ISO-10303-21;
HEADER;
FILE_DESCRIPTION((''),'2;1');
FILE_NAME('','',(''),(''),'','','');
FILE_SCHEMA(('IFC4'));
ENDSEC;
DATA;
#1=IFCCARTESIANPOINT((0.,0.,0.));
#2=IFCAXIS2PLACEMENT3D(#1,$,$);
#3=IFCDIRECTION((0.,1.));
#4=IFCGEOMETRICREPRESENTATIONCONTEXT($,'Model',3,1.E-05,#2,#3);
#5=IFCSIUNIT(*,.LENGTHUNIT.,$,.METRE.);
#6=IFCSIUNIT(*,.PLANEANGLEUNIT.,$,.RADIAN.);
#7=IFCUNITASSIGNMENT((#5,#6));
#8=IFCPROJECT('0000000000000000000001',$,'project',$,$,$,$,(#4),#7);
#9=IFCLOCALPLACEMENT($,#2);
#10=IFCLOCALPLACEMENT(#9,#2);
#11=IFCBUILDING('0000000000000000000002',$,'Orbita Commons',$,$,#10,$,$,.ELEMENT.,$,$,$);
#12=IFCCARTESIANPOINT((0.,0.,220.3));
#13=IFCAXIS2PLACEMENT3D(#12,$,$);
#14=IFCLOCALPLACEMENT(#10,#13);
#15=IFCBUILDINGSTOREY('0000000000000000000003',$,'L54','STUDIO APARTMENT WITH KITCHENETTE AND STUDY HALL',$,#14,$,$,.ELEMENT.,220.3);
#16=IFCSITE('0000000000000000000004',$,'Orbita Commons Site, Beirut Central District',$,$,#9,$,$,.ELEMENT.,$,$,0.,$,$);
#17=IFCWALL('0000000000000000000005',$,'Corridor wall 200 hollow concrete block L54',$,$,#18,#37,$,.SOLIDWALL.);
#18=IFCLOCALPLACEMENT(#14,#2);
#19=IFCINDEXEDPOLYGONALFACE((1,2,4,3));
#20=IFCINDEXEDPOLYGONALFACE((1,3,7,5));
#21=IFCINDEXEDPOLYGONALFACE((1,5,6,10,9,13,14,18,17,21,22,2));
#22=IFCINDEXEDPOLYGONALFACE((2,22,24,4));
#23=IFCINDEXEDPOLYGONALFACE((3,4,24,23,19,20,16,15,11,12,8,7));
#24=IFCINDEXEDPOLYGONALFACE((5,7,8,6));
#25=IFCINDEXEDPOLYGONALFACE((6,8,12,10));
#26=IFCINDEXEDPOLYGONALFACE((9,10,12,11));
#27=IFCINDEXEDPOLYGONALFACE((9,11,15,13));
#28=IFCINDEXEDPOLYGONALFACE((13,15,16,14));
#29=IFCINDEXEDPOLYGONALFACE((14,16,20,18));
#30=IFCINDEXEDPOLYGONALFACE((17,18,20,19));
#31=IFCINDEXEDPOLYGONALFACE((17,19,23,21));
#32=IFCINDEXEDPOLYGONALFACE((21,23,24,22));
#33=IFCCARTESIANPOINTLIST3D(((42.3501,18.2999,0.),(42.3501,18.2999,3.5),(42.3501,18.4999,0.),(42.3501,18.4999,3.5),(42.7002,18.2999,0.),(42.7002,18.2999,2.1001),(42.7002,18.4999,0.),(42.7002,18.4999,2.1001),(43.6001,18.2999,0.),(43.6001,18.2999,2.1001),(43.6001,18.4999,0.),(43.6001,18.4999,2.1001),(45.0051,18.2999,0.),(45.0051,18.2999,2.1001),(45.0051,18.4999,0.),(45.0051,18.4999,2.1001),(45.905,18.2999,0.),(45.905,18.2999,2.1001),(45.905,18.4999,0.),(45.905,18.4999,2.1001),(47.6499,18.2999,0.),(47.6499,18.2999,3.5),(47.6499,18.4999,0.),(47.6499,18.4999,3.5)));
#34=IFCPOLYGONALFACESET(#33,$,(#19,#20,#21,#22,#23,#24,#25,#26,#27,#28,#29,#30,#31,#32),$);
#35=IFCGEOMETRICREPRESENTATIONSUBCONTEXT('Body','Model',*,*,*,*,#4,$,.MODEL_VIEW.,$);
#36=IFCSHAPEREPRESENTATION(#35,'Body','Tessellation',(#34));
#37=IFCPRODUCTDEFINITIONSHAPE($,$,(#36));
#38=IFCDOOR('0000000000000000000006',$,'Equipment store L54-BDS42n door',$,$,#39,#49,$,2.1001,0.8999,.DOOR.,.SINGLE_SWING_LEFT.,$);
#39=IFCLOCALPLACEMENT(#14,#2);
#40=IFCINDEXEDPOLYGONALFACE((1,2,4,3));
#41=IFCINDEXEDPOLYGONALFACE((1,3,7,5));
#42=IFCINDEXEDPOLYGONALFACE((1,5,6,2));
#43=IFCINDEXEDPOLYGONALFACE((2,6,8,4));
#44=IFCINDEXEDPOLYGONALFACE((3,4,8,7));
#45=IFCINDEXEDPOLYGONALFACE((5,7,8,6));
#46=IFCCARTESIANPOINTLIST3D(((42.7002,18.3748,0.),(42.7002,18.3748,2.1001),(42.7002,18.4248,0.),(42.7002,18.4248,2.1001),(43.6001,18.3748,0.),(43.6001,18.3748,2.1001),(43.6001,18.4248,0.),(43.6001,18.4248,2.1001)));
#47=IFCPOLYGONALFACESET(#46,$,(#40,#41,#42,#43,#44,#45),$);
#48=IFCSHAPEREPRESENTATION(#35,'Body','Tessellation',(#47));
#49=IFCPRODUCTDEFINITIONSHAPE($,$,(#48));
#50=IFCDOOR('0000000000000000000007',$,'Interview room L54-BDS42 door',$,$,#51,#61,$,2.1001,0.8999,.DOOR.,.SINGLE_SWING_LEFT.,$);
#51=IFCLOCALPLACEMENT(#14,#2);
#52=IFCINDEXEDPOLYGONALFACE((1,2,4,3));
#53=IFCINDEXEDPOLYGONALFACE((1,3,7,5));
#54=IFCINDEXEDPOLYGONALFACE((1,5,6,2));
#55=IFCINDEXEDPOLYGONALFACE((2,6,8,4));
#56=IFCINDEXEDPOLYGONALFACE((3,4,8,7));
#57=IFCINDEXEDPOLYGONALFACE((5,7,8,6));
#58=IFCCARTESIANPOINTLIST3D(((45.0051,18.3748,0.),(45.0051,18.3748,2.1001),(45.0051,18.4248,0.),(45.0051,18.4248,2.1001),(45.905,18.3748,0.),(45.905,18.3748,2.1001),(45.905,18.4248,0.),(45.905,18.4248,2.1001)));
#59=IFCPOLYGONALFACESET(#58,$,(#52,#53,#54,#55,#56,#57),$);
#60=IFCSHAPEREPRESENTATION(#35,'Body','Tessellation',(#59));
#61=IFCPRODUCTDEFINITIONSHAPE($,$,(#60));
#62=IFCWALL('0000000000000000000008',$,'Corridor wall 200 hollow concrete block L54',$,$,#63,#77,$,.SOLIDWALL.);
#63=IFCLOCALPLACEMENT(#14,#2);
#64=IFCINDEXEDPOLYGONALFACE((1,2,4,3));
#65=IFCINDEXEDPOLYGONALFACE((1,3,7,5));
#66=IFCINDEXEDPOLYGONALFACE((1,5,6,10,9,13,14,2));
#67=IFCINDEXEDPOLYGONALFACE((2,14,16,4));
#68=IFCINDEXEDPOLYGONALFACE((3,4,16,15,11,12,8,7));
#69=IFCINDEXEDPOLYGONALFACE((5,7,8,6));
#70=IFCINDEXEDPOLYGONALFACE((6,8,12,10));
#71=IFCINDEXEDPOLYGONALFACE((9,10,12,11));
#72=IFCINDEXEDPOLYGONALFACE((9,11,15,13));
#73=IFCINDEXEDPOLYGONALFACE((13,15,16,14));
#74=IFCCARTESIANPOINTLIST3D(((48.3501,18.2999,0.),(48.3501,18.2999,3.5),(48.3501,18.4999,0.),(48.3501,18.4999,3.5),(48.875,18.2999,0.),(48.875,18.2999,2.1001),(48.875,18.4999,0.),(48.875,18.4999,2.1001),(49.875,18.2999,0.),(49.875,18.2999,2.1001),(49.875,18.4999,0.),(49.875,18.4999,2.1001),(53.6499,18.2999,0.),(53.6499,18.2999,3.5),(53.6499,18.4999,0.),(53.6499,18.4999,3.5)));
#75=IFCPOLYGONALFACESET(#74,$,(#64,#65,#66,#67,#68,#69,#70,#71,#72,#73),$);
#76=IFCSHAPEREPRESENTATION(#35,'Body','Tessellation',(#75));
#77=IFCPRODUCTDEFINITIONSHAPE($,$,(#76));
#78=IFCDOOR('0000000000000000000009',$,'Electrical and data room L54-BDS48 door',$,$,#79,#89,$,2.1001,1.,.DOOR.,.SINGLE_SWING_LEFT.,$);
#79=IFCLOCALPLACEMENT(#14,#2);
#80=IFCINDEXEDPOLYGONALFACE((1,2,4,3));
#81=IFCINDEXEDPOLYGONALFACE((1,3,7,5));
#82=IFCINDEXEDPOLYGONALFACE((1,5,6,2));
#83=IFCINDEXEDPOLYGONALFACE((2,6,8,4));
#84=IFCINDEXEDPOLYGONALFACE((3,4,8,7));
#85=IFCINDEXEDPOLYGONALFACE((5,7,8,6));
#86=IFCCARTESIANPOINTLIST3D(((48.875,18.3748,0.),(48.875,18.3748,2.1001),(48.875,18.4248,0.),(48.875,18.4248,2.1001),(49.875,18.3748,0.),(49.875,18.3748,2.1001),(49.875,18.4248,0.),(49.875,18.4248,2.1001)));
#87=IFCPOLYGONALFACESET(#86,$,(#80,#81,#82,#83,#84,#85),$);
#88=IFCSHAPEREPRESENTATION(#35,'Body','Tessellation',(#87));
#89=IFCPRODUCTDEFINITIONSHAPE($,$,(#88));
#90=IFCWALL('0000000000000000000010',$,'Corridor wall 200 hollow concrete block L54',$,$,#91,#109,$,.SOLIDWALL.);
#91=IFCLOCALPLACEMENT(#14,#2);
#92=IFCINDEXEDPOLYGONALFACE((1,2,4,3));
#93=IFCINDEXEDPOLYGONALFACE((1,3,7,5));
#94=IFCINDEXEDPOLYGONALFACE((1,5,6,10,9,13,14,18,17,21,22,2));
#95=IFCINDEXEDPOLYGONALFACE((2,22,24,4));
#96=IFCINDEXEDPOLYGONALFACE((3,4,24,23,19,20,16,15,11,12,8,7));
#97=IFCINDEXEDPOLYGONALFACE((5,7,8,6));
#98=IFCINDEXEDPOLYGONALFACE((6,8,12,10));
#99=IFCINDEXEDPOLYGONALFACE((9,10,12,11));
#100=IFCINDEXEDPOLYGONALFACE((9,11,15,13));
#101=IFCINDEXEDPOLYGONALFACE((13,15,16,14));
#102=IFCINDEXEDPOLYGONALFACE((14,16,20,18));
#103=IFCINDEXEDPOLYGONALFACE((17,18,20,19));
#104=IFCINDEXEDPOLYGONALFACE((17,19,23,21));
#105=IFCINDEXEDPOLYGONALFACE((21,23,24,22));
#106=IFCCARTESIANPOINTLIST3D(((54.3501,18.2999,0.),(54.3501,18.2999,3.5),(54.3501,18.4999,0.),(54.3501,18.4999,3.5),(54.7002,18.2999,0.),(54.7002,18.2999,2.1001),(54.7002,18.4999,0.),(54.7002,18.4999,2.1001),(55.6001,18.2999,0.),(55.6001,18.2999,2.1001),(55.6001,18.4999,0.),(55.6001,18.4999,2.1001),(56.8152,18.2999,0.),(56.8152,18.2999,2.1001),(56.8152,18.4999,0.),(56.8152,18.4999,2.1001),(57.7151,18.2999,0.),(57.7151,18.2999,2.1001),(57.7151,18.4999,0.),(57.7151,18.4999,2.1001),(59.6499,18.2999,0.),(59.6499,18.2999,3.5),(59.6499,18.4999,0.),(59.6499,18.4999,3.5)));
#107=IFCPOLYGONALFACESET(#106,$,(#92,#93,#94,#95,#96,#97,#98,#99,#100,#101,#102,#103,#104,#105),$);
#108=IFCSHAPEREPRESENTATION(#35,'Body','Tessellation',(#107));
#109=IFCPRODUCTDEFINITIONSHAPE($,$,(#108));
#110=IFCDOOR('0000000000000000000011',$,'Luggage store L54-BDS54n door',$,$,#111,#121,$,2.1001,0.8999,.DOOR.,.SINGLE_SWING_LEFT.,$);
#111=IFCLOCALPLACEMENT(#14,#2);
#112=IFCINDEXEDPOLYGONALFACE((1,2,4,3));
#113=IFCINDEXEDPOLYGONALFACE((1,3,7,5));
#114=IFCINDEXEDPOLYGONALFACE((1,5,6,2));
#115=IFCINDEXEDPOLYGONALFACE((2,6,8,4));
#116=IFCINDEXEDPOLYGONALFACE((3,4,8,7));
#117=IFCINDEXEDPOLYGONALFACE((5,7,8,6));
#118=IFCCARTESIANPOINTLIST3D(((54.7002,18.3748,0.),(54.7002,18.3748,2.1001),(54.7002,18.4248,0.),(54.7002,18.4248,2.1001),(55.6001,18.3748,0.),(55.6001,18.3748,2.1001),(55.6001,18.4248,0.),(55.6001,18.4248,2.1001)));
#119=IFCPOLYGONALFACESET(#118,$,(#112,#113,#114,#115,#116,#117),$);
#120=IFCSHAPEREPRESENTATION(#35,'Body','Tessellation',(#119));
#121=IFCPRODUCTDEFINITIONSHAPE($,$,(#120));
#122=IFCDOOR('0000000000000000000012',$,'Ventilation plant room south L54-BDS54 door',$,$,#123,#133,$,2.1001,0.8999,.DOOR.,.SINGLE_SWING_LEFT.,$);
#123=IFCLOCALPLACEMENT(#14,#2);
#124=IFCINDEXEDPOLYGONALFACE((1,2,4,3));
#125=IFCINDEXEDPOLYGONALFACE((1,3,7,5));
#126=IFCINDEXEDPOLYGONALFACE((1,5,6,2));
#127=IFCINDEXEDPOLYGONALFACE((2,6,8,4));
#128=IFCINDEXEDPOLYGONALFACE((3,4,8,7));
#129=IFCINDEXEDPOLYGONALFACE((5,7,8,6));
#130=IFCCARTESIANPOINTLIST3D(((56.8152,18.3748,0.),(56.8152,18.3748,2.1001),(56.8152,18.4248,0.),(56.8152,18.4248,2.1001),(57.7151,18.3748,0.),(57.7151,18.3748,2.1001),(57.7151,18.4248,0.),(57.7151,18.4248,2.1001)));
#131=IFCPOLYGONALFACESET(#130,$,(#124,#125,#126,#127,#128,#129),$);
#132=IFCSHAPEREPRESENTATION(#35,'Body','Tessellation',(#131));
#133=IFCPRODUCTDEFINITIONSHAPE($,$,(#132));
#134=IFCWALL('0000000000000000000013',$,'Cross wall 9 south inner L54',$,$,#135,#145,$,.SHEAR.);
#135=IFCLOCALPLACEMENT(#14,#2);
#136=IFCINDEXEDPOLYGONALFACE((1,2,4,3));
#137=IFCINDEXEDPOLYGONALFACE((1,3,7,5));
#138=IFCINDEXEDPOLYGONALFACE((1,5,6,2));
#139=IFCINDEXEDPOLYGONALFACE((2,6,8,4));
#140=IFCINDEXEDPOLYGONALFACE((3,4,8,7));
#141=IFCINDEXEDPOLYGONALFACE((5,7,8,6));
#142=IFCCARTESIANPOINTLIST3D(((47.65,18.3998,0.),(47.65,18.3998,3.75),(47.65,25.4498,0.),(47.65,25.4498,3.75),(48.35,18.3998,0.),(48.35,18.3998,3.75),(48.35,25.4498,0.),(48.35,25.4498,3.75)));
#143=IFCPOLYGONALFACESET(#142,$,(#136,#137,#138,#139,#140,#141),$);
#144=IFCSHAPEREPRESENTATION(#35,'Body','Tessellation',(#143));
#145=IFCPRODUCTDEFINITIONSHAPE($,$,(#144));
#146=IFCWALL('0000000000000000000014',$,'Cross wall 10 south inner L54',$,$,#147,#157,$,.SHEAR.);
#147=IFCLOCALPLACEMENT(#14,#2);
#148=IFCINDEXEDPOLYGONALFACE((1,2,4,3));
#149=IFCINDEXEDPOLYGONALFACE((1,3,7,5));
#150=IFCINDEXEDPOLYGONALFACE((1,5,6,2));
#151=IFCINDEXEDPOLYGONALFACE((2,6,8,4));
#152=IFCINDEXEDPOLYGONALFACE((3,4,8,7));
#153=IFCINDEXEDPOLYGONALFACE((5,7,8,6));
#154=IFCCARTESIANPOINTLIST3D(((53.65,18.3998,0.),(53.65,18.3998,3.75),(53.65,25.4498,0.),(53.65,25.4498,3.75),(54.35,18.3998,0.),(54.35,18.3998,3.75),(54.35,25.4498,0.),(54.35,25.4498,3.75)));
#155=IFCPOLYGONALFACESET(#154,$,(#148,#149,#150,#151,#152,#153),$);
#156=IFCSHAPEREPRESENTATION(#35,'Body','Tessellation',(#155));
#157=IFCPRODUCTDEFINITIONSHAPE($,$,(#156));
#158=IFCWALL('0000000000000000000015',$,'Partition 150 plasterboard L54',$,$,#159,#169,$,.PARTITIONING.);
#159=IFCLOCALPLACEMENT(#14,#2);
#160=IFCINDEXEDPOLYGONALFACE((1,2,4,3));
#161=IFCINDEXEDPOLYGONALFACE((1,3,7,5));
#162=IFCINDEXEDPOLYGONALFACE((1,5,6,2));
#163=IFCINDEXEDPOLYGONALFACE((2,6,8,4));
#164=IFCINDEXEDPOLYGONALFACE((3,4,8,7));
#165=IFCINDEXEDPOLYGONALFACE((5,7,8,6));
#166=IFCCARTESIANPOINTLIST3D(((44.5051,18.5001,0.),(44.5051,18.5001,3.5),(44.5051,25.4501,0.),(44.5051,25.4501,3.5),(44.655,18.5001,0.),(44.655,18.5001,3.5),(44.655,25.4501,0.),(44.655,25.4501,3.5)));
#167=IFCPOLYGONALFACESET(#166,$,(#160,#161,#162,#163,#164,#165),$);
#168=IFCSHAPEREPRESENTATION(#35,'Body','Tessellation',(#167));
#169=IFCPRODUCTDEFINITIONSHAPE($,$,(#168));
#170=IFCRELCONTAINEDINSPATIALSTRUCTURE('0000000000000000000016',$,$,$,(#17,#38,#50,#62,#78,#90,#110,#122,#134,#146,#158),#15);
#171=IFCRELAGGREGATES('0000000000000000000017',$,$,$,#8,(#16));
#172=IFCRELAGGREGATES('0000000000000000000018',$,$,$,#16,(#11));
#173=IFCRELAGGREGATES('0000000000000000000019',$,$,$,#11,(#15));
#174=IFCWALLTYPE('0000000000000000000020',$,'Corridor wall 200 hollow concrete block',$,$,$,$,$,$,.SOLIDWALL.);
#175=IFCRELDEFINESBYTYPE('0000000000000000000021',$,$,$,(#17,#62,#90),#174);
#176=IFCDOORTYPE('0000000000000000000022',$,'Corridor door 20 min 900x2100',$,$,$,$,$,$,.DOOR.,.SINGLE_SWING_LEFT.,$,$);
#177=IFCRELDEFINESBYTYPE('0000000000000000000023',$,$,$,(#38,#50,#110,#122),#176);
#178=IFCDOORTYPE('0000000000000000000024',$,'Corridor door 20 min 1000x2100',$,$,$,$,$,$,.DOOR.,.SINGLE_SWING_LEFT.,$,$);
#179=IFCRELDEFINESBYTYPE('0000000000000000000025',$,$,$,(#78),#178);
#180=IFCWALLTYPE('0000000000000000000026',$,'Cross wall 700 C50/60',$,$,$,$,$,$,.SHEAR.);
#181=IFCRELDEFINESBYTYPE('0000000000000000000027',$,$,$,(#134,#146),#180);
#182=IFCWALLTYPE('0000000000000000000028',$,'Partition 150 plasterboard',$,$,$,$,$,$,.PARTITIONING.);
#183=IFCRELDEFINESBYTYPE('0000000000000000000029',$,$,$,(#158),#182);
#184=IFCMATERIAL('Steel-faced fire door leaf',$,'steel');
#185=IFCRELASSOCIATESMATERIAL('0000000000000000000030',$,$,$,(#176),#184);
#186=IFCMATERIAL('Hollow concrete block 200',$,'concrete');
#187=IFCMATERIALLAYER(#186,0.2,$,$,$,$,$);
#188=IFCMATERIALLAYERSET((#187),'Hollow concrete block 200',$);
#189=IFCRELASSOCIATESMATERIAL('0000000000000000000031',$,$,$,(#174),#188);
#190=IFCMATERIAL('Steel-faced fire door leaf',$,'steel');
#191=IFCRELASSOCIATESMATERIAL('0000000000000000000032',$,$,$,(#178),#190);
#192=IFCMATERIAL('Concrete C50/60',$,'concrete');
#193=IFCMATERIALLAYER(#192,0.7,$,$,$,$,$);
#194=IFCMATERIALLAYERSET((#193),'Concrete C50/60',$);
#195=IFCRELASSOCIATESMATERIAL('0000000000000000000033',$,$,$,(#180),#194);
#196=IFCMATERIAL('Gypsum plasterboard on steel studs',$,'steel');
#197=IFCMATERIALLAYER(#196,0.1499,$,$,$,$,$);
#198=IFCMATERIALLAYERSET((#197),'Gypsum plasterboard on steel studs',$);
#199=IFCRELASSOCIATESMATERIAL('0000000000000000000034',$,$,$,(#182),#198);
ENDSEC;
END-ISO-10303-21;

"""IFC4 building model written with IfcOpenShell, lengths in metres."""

from ifc_helpers import new_model, si_unit, direction, frame, frame_2d, origin, place, context, subcontext, project, spatial, rectangle, extrude, material, layer, layer_set, type_object, element, fill, save


model = new_model("IFC4")

# Units and contexts
model_context = context("Model", 3, precision=1e-05, world=origin(), true_north=direction((0.0, 1.0)))
body_context = subcontext(model_context, "Body", "Model", "MODEL_VIEW")
ifc_project = project(units=[si_unit("LENGTHUNIT", "METRE"), si_unit("PLANEANGLEUNIT", "RADIAN")], contexts=[model_context])

# Site, building, storey
site_placement = place(None, origin())
site = spatial("IfcSite", under=ifc_project, at=site_placement, Name="Orbita Commons Site, Beirut Central District", CompositionType="ELEMENT", RefElevation=0.0)
building_placement = place(site_placement, origin())
building = spatial("IfcBuilding", under=site, at=building_placement, Name="Orbita Commons", CompositionType="ELEMENT")
storey_placement = place(building_placement, frame((0.0, 0.0, 220.3)))
storey = spatial("IfcBuildingStorey", under=building, at=storey_placement, Name="L54", Description="STUDIO APARTMENT WITH KITCHENETTE AND STUDY HALL", CompositionType="ELEMENT", Elevation=220.3)

# Shared definitions
ifc_material_1 = material(Name="Steel-faced fire door leaf", Category="steel")
door_type_1 = type_object("IfcDoorType", Name="Corridor door 20 min 900x2100", OperationType="SINGLE_SWING_LEFT", PredefinedType="DOOR", material=ifc_material_1)

# Wall, openings, doors
ifc_material_2 = material(Name="Hollow concrete block 200", Category="concrete")
ifc_layer_1 = layer(ifc_material_2, 0.2)
ifc_layer_set_1 = layer_set([ifc_layer_1], Name="Hollow concrete block 200")
wall_type_1 = type_object("IfcWallType", Name="Corridor wall 200 hollow concrete block", PredefinedType="SOLIDWALL", material=ifc_layer_set_1)
wall_1_placement = place(storey_placement, frame((42.3501, 18.3999, 0.0), z_axis=(0.0, 0.0, 1.0), x_axis=(1.0, 0.0, 0.0)))
wall_1 = element("IfcWall", 1, at=wall_1_placement, inside=storey, type_object=wall_type_1, Name="Corridor wall 200 hollow concrete block L54", PredefinedType="SOLIDWALL", context=body_context, shape_type="SweptSolid", body=[
    extrude(rectangle(XDim=5.2998, YDim=0.2, at=frame_2d((2.6499, 0.0))), origin(), (0.0, 0.0, 1.0), 3.5),
])
opening_1_placement = place(wall_1_placement, frame((0.3501, 0.0, 0.0)))
opening_1 = element("IfcOpeningElement", 2, at=opening_1_placement, cuts=wall_1, PredefinedType="OPENING", context=body_context, shape_type="SweptSolid", body=[
    extrude(rectangle(XDim=0.8999, YDim=2.1001, at=frame_2d((0.45, 1.05))), frame((0.0, 0.1099, 0.0), z_axis=(0.0, -1.0, 0.0), x_axis=(1.0, 0.0, 0.0)), (0.0, 0.0, 1.0), 0.22),
])
opening_2_placement = place(wall_1_placement, frame((2.655, 0.0, 0.0)))
opening_2 = element("IfcOpeningElement", 3, at=opening_2_placement, cuts=wall_1, PredefinedType="OPENING", context=body_context, shape_type="SweptSolid", body=[
    extrude(rectangle(XDim=0.8999, YDim=2.1001, at=frame_2d((0.45, 1.05))), frame((0.0, 0.1099, 0.0), z_axis=(0.0, -1.0, 0.0), x_axis=(1.0, 0.0, 0.0)), (0.0, 0.0, 1.0), 0.22),
])
door_1_placement = place(opening_1_placement, origin())
door_1 = element("IfcDoor", 4, at=door_1_placement, inside=storey, type_object=door_type_1, Name="Equipment store L54-BDS42n door", OperationType="SINGLE_SWING_LEFT", OverallHeight=2.1001, OverallWidth=0.8999, PredefinedType="DOOR", context=body_context, shape_type="SweptSolid", body=[
    extrude(rectangle(XDim=0.8999, YDim=2.1001, at=frame_2d((0.45, 1.05))), frame((0.0, 0.0249, 0.0), z_axis=(0.0, -1.0, 0.0), x_axis=(1.0, 0.0, 0.0)), (0.0, 0.0, 1.0), 0.05),
])
fill(opening_1, door_1)
door_2_placement = place(opening_2_placement, origin())
door_2 = element("IfcDoor", 5, at=door_2_placement, inside=storey, type_object=door_type_1, Name="Interview room L54-BDS42 door", OperationType="SINGLE_SWING_LEFT", OverallHeight=2.1001, OverallWidth=0.8999, PredefinedType="DOOR", context=body_context, shape_type="SweptSolid", body=[
    extrude(rectangle(XDim=0.8999, YDim=2.1001, at=frame_2d((0.45, 1.05))), frame((0.0, 0.0249, 0.0), z_axis=(0.0, -1.0, 0.0), x_axis=(1.0, 0.0, 0.0)), (0.0, 0.0, 1.0), 0.05),
])
fill(opening_2, door_2)

# Wall, opening, door
wall_2_placement = place(storey_placement, frame((48.3501, 18.3999, 0.0), z_axis=(0.0, 0.0, 1.0), x_axis=(1.0, 0.0, 0.0)))
wall_2 = element("IfcWall", 6, at=wall_2_placement, inside=storey, type_object=wall_type_1, Name="Corridor wall 200 hollow concrete block L54", PredefinedType="SOLIDWALL", context=body_context, shape_type="SweptSolid", body=[
    extrude(rectangle(XDim=5.2998, YDim=0.2, at=frame_2d((2.6499, 0.0))), origin(), (0.0, 0.0, 1.0), 3.5),
])
opening_3_placement = place(wall_2_placement, frame((0.5249, 0.0, 0.0)))
opening_3 = element("IfcOpeningElement", 7, at=opening_3_placement, cuts=wall_2, PredefinedType="OPENING", context=body_context, shape_type="SweptSolid", body=[
    extrude(rectangle(XDim=1.0, YDim=2.1001, at=frame_2d((0.5, 1.05))), frame((0.0, 0.1099, 0.0), z_axis=(0.0, -1.0, 0.0), x_axis=(1.0, 0.0, 0.0)), (0.0, 0.0, 1.0), 0.22),
])
ifc_material_3 = material(Name="Steel-faced fire door leaf", Category="steel")
door_type_2 = type_object("IfcDoorType", Name="Corridor door 20 min 1000x2100", OperationType="SINGLE_SWING_LEFT", PredefinedType="DOOR", material=ifc_material_3)
door_3_placement = place(opening_3_placement, origin())
door_3 = element("IfcDoor", 8, at=door_3_placement, inside=storey, type_object=door_type_2, Name="Electrical and data room L54-BDS48 door", OperationType="SINGLE_SWING_LEFT", OverallHeight=2.1001, OverallWidth=1.0, PredefinedType="DOOR", context=body_context, shape_type="SweptSolid", body=[
    extrude(rectangle(XDim=1.0, YDim=2.1001, at=frame_2d((0.5, 1.05))), frame((0.0, 0.0249, 0.0), z_axis=(0.0, -1.0, 0.0), x_axis=(1.0, 0.0, 0.0)), (0.0, 0.0, 1.0), 0.05),
])
fill(opening_3, door_3)

# Wall, openings, doors
wall_3_placement = place(storey_placement, frame((54.3501, 18.3999, 0.0), z_axis=(0.0, 0.0, 1.0), x_axis=(1.0, 0.0, 0.0)))
wall_3 = element("IfcWall", 9, at=wall_3_placement, inside=storey, type_object=wall_type_1, Name="Corridor wall 200 hollow concrete block L54", PredefinedType="SOLIDWALL", context=body_context, shape_type="SweptSolid", body=[
    extrude(rectangle(XDim=5.2998, YDim=0.2, at=frame_2d((2.6499, 0.0))), origin(), (0.0, 0.0, 1.0), 3.5),
])
opening_4_placement = place(wall_3_placement, frame((0.3501, 0.0, 0.0)))
opening_4 = element("IfcOpeningElement", 10, at=opening_4_placement, cuts=wall_3, PredefinedType="OPENING", context=body_context, shape_type="SweptSolid", body=[
    extrude(rectangle(XDim=0.8999, YDim=2.1001, at=frame_2d((0.45, 1.05))), frame((0.0, 0.1099, 0.0), z_axis=(0.0, -1.0, 0.0), x_axis=(1.0, 0.0, 0.0)), (0.0, 0.0, 1.0), 0.22),
])
opening_5_placement = place(wall_3_placement, frame((2.4651, 0.0, 0.0)))
opening_5 = element("IfcOpeningElement", 11, at=opening_5_placement, cuts=wall_3, PredefinedType="OPENING", context=body_context, shape_type="SweptSolid", body=[
    extrude(rectangle(XDim=0.8999, YDim=2.1001, at=frame_2d((0.45, 1.05))), frame((0.0, 0.1099, 0.0), z_axis=(0.0, -1.0, 0.0), x_axis=(1.0, 0.0, 0.0)), (0.0, 0.0, 1.0), 0.22),
])
door_4_placement = place(opening_4_placement, origin())
door_4 = element("IfcDoor", 12, at=door_4_placement, inside=storey, type_object=door_type_1, Name="Luggage store L54-BDS54n door", OperationType="SINGLE_SWING_LEFT", OverallHeight=2.1001, OverallWidth=0.8999, PredefinedType="DOOR", context=body_context, shape_type="SweptSolid", body=[
    extrude(rectangle(XDim=0.8999, YDim=2.1001, at=frame_2d((0.45, 1.05))), frame((0.0, 0.0249, 0.0), z_axis=(0.0, -1.0, 0.0), x_axis=(1.0, 0.0, 0.0)), (0.0, 0.0, 1.0), 0.05),
])
fill(opening_4, door_4)
door_5_placement = place(opening_5_placement, origin())
door_5 = element("IfcDoor", 13, at=door_5_placement, inside=storey, type_object=door_type_1, Name="Ventilation plant room south L54-BDS54 door", OperationType="SINGLE_SWING_LEFT", OverallHeight=2.1001, OverallWidth=0.8999, PredefinedType="DOOR", context=body_context, shape_type="SweptSolid", body=[
    extrude(rectangle(XDim=0.8999, YDim=2.1001, at=frame_2d((0.45, 1.05))), frame((0.0, 0.0249, 0.0), z_axis=(0.0, -1.0, 0.0), x_axis=(1.0, 0.0, 0.0)), (0.0, 0.0, 1.0), 0.05),
])
fill(opening_5, door_5)

# Walls
ifc_material_4 = material(Name="Concrete C50/60", Category="concrete")
ifc_layer_2 = layer(ifc_material_4, 0.7)
ifc_layer_set_2 = layer_set([ifc_layer_2], Name="Concrete C50/60")
wall_type_2 = type_object("IfcWallType", Name="Cross wall 700 C50/60", PredefinedType="SHEAR", material=ifc_layer_set_2)
for number, where, z_axis, x_axis, name in (
    (14, (48.0, 18.3999, 0.0), (0.0, 0.0, 1.0), (0.0, 1.0, 0.0), "Cross wall 9 south inner L54"),
    (15, (54.0, 18.3999, 0.0), (0.0, 0.0, 1.0), (0.0, 1.0, 0.0), "Cross wall 10 south inner L54"),
):
    element("IfcWall", number, at=place(storey_placement, frame(where, z_axis=z_axis, x_axis=x_axis)), inside=storey, type_object=wall_type_2, Name=name, PredefinedType="SHEAR", context=body_context, shape_type="SweptSolid", body=[
        extrude(rectangle(XDim=7.05, YDim=0.7, at=frame_2d((3.5249, 0.0))), origin(), (0.0, 0.0, 1.0), 3.75),
    ])
ifc_material_5 = material(Name="Gypsum plasterboard on steel studs", Category="steel")
ifc_layer_3 = layer(ifc_material_5, 0.1499)
ifc_layer_set_3 = layer_set([ifc_layer_3], Name="Gypsum plasterboard on steel studs")
wall_type_3 = type_object("IfcWallType", Name="Partition 150 plasterboard", PredefinedType="PARTITIONING", material=ifc_layer_set_3)
for number, where, z_axis, x_axis, name in (
    (16, (44.5801, 18.5, 0.0), (0.0, 0.0, 1.0), (0.0, 1.0, 0.0), "Partition 150 plasterboard L54"),
):
    element("IfcWall", number, at=place(storey_placement, frame(where, z_axis=z_axis, x_axis=x_axis)), inside=storey, type_object=wall_type_3, Name=name, PredefinedType="PARTITIONING", context=body_context, shape_type="SweptSolid", body=[
        extrude(rectangle(XDim=6.95, YDim=0.1499, at=frame_2d((3.4751, 0.0))), origin(), (0.0, 0.0, 1.0), 3.5),
    ])

save(model, "model.ifc")
